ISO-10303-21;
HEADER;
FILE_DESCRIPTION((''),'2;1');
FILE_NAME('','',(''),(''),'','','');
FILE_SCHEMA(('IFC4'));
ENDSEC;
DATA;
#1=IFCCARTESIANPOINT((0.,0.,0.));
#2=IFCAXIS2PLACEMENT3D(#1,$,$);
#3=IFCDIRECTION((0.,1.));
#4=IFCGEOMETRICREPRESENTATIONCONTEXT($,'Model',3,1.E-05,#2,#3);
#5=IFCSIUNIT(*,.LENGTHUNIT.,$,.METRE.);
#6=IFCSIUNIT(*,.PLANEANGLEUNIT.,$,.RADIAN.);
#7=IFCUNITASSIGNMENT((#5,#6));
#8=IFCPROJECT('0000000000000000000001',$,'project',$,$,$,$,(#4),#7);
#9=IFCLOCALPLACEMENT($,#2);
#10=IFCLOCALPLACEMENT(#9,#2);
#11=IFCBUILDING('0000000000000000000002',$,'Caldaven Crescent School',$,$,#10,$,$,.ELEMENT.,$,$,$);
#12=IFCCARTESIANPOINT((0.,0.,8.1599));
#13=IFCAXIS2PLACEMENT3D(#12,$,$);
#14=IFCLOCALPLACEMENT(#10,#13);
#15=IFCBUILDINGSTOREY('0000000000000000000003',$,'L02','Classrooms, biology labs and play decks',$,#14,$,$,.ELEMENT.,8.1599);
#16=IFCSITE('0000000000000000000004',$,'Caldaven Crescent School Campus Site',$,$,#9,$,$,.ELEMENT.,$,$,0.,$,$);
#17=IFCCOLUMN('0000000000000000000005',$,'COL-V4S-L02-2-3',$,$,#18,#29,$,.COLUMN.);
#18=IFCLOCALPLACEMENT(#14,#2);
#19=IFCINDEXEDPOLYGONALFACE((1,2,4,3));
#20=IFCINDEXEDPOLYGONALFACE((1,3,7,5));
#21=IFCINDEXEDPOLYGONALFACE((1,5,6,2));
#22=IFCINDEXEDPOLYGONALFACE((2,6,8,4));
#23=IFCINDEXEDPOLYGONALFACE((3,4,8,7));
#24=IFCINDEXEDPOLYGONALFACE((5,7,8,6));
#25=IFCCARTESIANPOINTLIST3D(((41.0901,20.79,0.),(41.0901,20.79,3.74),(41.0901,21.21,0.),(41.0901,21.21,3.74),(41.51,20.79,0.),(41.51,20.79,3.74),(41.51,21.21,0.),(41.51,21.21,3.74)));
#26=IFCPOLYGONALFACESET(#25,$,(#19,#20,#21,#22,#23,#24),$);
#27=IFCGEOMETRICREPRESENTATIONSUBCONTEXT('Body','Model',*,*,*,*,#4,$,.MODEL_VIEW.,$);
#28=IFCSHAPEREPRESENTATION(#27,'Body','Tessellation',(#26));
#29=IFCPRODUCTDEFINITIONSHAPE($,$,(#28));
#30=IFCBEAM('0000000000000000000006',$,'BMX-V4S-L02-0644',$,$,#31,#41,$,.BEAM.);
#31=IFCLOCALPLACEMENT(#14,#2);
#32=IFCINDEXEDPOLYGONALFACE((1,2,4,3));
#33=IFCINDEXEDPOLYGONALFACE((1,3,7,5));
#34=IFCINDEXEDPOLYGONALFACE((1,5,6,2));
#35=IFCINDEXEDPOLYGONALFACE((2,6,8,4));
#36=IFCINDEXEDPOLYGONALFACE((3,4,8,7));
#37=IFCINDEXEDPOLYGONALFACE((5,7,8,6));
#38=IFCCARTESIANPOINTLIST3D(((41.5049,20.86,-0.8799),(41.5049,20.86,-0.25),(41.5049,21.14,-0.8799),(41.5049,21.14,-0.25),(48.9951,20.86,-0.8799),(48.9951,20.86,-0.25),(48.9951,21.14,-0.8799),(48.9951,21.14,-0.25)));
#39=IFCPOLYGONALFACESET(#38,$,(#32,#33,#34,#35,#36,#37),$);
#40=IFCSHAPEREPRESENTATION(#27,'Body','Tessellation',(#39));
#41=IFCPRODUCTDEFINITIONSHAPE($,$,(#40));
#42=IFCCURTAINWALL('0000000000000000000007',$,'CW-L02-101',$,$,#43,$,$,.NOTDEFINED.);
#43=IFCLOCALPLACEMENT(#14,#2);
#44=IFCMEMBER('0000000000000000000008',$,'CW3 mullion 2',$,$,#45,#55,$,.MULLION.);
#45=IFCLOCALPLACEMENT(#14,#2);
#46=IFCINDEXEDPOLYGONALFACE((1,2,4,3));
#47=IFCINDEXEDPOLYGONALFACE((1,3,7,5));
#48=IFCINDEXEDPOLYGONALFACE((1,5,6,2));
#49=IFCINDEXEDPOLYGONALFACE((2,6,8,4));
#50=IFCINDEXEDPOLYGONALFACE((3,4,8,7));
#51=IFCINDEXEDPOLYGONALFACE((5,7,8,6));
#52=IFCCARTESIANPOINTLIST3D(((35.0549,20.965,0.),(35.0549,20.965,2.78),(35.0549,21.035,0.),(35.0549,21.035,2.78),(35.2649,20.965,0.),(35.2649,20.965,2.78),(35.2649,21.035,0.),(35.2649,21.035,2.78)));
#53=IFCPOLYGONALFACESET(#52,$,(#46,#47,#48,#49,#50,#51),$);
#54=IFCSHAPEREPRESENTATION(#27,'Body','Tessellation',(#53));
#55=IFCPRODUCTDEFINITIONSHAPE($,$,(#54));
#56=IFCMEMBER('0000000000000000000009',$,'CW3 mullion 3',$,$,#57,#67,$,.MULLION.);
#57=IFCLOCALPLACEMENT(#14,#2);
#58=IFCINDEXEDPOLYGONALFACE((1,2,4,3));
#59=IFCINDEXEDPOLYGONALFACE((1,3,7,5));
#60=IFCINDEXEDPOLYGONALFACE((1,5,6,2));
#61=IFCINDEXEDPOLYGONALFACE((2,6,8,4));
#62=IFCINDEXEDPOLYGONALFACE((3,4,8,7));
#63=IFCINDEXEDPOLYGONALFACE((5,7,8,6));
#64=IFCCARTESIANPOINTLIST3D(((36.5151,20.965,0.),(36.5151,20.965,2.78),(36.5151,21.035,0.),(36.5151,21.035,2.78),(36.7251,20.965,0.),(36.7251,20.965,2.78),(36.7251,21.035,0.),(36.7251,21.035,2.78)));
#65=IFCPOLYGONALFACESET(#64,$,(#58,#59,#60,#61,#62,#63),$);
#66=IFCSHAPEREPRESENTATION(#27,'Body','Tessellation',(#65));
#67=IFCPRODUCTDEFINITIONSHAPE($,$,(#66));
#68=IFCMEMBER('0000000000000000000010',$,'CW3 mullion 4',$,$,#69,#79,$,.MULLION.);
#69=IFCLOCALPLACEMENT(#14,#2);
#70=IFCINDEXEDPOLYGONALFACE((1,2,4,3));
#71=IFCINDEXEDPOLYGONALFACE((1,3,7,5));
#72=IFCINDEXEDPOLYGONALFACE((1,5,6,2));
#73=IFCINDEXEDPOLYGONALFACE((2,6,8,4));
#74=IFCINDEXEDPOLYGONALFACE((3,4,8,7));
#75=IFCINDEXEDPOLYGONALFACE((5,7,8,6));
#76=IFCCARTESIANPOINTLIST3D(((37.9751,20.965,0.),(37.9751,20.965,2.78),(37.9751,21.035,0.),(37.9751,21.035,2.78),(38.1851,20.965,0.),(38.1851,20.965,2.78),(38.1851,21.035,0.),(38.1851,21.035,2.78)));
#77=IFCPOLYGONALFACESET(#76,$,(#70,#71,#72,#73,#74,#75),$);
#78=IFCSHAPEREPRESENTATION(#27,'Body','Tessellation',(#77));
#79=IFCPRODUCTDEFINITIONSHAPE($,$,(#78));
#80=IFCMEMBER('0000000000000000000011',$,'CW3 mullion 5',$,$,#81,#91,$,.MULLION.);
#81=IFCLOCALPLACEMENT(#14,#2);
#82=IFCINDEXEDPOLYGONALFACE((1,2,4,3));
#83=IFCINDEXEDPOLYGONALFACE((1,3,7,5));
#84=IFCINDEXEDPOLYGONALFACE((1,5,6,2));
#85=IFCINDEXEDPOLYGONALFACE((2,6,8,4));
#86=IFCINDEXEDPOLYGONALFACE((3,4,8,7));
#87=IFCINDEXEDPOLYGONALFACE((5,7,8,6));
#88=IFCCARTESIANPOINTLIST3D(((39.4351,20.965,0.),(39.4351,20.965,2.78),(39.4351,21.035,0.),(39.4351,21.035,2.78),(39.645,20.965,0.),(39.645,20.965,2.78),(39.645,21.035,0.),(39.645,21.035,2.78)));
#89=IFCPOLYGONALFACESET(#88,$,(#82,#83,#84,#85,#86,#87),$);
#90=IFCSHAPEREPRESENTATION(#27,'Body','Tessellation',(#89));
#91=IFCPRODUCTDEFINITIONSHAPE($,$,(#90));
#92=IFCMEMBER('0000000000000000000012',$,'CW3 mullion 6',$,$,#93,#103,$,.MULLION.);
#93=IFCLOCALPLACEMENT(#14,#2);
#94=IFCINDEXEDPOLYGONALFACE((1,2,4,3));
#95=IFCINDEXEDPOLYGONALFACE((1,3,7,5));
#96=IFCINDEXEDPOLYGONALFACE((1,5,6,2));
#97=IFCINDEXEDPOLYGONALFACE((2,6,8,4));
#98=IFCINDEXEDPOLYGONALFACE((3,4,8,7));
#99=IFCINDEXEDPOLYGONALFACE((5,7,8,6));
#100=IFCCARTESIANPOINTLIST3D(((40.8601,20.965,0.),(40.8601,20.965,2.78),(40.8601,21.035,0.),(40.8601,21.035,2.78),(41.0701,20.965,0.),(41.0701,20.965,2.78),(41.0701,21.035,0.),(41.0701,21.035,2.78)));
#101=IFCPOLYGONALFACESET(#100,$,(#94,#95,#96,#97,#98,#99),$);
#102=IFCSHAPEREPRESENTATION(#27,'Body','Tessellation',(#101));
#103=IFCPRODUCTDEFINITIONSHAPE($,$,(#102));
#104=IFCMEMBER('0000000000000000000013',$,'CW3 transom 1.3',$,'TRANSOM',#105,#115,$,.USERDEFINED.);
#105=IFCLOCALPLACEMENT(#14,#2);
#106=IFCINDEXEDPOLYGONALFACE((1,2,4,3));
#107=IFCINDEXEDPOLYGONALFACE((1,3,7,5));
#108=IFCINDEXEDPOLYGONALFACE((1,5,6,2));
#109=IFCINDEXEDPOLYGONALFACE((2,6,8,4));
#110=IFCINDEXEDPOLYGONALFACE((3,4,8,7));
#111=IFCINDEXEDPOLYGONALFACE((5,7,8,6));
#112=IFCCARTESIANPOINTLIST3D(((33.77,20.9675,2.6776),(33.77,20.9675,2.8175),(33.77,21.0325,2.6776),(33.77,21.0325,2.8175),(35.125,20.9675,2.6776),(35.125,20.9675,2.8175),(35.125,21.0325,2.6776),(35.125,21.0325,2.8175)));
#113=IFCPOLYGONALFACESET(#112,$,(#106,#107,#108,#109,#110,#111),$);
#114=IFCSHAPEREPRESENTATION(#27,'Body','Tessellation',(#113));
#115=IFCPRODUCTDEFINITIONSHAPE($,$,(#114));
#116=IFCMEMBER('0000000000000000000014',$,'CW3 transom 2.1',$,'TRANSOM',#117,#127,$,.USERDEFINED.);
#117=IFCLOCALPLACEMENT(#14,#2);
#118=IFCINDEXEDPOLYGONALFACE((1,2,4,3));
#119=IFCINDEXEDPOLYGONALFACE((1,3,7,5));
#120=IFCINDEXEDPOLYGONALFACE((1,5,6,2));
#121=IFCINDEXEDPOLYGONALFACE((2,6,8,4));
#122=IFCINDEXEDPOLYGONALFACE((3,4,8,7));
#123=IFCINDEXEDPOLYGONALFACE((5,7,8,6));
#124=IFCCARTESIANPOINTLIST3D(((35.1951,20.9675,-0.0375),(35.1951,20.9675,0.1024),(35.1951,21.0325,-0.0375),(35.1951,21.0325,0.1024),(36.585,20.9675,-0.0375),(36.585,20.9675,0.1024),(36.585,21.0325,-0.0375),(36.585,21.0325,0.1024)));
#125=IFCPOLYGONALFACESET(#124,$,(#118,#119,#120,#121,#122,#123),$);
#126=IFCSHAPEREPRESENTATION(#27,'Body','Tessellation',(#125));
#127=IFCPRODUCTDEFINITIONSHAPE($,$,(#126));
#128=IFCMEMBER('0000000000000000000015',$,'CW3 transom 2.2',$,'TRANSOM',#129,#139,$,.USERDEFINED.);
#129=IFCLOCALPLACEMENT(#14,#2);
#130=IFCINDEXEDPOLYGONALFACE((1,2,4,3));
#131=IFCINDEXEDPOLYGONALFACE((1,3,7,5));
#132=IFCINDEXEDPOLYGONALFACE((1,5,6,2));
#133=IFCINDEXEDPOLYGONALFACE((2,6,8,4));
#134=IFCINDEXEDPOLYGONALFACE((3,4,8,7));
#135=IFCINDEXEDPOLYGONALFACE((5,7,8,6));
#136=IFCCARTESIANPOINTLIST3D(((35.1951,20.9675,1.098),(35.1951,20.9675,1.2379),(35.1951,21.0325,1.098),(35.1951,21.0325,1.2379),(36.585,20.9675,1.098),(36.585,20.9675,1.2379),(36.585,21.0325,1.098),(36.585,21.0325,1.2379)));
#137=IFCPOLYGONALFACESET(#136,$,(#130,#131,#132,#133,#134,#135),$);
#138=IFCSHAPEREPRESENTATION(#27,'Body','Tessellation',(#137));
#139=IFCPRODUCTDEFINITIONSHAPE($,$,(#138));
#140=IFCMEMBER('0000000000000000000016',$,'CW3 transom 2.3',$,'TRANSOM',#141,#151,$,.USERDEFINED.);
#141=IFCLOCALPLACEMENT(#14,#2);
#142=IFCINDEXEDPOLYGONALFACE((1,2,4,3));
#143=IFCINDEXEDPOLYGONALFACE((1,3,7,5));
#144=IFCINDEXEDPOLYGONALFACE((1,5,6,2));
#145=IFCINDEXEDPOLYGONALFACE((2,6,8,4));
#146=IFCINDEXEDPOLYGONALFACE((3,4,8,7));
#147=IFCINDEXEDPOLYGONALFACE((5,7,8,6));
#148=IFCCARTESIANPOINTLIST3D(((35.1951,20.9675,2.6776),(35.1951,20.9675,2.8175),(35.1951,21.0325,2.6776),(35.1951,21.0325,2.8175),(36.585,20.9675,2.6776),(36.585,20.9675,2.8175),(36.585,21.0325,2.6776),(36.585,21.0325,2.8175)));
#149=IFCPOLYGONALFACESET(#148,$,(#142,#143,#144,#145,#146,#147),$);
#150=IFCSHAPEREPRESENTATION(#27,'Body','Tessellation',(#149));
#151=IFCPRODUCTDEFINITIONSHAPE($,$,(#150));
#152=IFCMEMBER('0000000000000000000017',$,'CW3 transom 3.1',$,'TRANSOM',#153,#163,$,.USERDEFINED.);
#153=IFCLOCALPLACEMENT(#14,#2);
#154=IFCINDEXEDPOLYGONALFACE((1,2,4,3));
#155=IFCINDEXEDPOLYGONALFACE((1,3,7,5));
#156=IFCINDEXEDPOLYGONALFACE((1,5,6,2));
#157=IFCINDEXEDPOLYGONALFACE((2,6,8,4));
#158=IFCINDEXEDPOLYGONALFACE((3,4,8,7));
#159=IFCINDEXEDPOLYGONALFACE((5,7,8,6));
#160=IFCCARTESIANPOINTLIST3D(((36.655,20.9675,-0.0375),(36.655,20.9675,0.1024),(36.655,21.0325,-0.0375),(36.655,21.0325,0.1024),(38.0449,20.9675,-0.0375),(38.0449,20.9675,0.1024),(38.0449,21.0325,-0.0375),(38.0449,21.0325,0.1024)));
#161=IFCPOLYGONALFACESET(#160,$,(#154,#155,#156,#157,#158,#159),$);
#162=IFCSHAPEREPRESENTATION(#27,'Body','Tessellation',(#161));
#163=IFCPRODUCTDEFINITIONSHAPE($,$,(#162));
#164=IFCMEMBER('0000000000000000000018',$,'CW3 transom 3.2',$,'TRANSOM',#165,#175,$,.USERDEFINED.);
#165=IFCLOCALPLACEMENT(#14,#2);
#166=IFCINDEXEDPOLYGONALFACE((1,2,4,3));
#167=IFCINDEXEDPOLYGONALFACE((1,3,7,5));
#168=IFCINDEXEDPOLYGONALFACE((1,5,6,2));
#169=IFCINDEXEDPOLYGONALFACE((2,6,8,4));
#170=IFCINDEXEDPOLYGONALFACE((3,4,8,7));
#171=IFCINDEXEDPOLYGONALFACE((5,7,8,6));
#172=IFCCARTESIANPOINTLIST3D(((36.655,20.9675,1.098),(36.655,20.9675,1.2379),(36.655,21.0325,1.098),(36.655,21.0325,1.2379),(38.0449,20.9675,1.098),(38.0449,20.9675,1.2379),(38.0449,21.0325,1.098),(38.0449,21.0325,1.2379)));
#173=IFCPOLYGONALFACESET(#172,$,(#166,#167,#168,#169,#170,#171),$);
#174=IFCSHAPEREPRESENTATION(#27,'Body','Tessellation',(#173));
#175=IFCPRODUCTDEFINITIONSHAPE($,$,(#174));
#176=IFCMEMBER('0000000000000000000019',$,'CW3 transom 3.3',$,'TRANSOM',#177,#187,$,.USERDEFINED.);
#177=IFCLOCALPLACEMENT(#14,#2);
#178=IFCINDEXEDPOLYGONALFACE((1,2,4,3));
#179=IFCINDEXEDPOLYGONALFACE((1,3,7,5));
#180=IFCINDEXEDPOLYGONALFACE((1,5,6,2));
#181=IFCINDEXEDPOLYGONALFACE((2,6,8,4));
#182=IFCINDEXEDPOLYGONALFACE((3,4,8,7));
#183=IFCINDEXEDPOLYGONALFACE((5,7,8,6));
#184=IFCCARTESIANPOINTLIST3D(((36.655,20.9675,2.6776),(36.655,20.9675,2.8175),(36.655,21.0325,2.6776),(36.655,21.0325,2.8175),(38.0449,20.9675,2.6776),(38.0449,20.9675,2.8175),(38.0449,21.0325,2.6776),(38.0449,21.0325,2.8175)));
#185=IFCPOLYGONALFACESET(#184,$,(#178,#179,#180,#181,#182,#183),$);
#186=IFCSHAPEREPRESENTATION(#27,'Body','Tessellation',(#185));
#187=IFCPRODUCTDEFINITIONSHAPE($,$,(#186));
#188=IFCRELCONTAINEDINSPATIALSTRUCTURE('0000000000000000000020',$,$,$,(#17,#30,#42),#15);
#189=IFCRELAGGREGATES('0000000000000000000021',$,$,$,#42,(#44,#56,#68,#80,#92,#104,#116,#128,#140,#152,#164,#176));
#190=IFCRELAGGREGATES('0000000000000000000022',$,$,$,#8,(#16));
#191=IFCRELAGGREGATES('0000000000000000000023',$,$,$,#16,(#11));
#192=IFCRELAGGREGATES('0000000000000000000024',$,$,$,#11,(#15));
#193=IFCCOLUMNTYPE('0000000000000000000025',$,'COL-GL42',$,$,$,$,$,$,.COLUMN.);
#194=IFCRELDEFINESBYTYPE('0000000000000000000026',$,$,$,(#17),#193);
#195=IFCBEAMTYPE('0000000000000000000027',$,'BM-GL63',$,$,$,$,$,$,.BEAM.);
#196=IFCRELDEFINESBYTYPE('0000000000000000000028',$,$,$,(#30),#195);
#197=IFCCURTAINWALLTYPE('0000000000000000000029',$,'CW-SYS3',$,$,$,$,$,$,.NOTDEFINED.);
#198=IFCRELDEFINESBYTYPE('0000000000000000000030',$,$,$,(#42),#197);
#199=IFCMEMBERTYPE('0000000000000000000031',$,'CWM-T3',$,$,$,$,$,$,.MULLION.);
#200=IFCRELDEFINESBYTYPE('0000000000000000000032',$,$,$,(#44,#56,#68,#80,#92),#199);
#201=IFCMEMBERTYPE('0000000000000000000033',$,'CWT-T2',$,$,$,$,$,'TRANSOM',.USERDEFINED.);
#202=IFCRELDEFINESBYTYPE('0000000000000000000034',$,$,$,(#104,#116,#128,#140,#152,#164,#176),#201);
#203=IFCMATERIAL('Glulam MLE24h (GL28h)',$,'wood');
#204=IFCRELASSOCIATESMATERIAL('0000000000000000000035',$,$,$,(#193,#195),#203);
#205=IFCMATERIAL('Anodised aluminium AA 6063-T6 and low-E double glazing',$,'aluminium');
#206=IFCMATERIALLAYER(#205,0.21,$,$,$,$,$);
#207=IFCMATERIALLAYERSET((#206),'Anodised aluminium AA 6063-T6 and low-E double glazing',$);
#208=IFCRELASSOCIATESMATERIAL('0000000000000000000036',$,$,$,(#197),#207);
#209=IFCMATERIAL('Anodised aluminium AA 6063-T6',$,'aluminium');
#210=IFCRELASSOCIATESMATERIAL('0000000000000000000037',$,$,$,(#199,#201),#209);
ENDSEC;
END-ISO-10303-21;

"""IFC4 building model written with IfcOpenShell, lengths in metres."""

from ifc_helpers import new_model, si_unit, direction, frame, origin, origin_2d, place, context, subcontext, project, spatial, rectangle, extrude, material, layer, layer_set, material_profile, profile_set, type_object, element, aggregate, save


model = new_model("IFC4")

# Units and contexts
model_context = context("Model", 3, precision=1e-05, world=origin(), true_north=direction((0.0, 1.0)))
body_context = subcontext(model_context, "Body", "Model", "MODEL_VIEW")
ifc_project = project(units=[si_unit("LENGTHUNIT", "METRE"), si_unit("PLANEANGLEUNIT", "RADIAN")], contexts=[model_context])

# Site, building, storey
site_placement = place(None, origin())
site = spatial("IfcSite", under=ifc_project, at=site_placement, Name="Caldaven Crescent School Campus Site", CompositionType="ELEMENT", RefElevation=0.0)
building_placement = place(site_placement, origin())
building = spatial("IfcBuilding", under=site, at=building_placement, Name="Caldaven Crescent School", CompositionType="ELEMENT")
storey_placement = place(building_placement, frame((0.0, 0.0, 8.1599)))
storey = spatial("IfcBuildingStorey", under=building, at=storey_placement, Name="L02", Description="Classrooms, biology labs and play decks", CompositionType="ELEMENT", Elevation=8.1599)

# Column
ifc_material_1 = material(Name="Glulam MLE24h (GL28h)", Category="wood")
ifc_material_profile_1 = material_profile(ifc_material_1, rectangle(XDim=0.4199, YDim=0.4199, at=origin_2d()), Name="MLE 420x420")
ifc_profile_set_1 = profile_set([ifc_material_profile_1], Name="Glulam MLE24h (GL28h)")
column_type = type_object("IfcColumnType", Name="COL-GL42", PredefinedType="COLUMN", material=ifc_profile_set_1)
column_placement = place(storey_placement, frame((41.3, 21.0, 0.0), z_axis=(0.0, 0.0, 1.0), x_axis=(1.0, 0.0, 0.0)))
element("IfcColumn", 1, at=column_placement, inside=storey, type_object=column_type, Name="COL-V4S-L02-2-3", PredefinedType="COLUMN", context=body_context, shape_type="SweptSolid", body=[
    extrude(rectangle(XDim=0.4199, YDim=0.4199, at=origin_2d()), origin(), (0.0, 0.0, 1.0), 3.74),
])

# Beam
ifc_material_profile_2 = material_profile(ifc_material_1, rectangle(XDim=0.28, YDim=0.6299, at=origin_2d()), Name="MLE 280x630")
ifc_profile_set_2 = profile_set([ifc_material_profile_2], Name="Glulam MLE24h (GL28h)")
beam_type = type_object("IfcBeamType", Name="BM-GL63", PredefinedType="BEAM", material=ifc_profile_set_2)
beam_placement = place(storey_placement, frame((41.5049, 21.0, -0.5649), z_axis=(1.0, 0.0, 0.0), x_axis=(0.0, 1.0, 0.0)))
element("IfcBeam", 2, at=beam_placement, inside=storey, type_object=beam_type, Name="BMX-V4S-L02-0644", PredefinedType="BEAM", context=body_context, shape_type="SweptSolid", body=[
    extrude(rectangle(XDim=0.28, YDim=0.6299, at=origin_2d()), origin(), (0.0, 0.0, 1.0), 7.4902),
])

# Curtain wall, members
ifc_material_2 = material(Name="Anodised aluminium AA 6063-T6 and low-E double glazing", Category="aluminium")
ifc_layer_1 = layer(ifc_material_2, 0.21)
ifc_layer_set_1 = layer_set([ifc_layer_1], Name="Anodised aluminium AA 6063-T6 and low-E double glazing")
curtain_wall_type = type_object("IfcCurtainWallType", Name="CW-SYS3", PredefinedType="NOTDEFINED", material=ifc_layer_set_1)
curtain_wall_placement = place(storey_placement, origin())
curtain_wall = element("IfcCurtainWall", 3, at=curtain_wall_placement, inside=storey, type_object=curtain_wall_type, Name="CW-L02-101", PredefinedType="NOTDEFINED")
ifc_material_3 = material(Name="Anodised aluminium AA 6063-T6", Category="aluminium")
ifc_material_profile_3 = material_profile(ifc_material_3, rectangle(XDim=0.0701, YDim=0.21, at=origin_2d()), Name="CWM 70x210")
ifc_profile_set_3 = profile_set([ifc_material_profile_3], Name="Anodised aluminium AA 6063-T6")
member_type_1 = type_object("IfcMemberType", Name="CWM-T3", PredefinedType="MULLION", material=ifc_profile_set_3)
member_1_placement = place(storey_placement, frame((35.1599, 21.0, 0.0), z_axis=(0.0, 0.0, 1.0), x_axis=(0.0, 1.0, 0.0)))
member_1 = element("IfcMember", 4, at=member_1_placement, type_object=member_type_1, Name="CW3 mullion 2", PredefinedType="MULLION", context=body_context, shape_type="SweptSolid", body=[
    extrude(rectangle(XDim=0.0701, YDim=0.21, at=origin_2d()), origin(), (0.0, 0.0, 1.0), 2.78),
])
member_2_placement = place(storey_placement, frame((36.6201, 21.0, 0.0), z_axis=(0.0, 0.0, 1.0), x_axis=(0.0, 1.0, 0.0)))
member_2 = element("IfcMember", 5, at=member_2_placement, type_object=member_type_1, Name="CW3 mullion 3", PredefinedType="MULLION", context=body_context, shape_type="SweptSolid", body=[
    extrude(rectangle(XDim=0.0701, YDim=0.21, at=origin_2d()), origin(), (0.0, 0.0, 1.0), 2.78),
])
member_3_placement = place(storey_placement, frame((38.0801, 21.0, 0.0), z_axis=(0.0, 0.0, 1.0), x_axis=(0.0, 1.0, 0.0)))
member_3 = element("IfcMember", 6, at=member_3_placement, type_object=member_type_1, Name="CW3 mullion 4", PredefinedType="MULLION", context=body_context, shape_type="SweptSolid", body=[
    extrude(rectangle(XDim=0.0701, YDim=0.21, at=origin_2d()), origin(), (0.0, 0.0, 1.0), 2.78),
])
member_4_placement = place(storey_placement, frame((39.54, 21.0, 0.0), z_axis=(0.0, 0.0, 1.0), x_axis=(0.0, 1.0, 0.0)))
member_4 = element("IfcMember", 7, at=member_4_placement, type_object=member_type_1, Name="CW3 mullion 5", PredefinedType="MULLION", context=body_context, shape_type="SweptSolid", body=[
    extrude(rectangle(XDim=0.0701, YDim=0.21, at=origin_2d()), origin(), (0.0, 0.0, 1.0), 2.78),
])
member_5_placement = place(storey_placement, frame((40.9651, 21.0, 0.0), z_axis=(0.0, 0.0, 1.0), x_axis=(0.0, 1.0, 0.0)))
member_5 = element("IfcMember", 8, at=member_5_placement, type_object=member_type_1, Name="CW3 mullion 6", PredefinedType="MULLION", context=body_context, shape_type="SweptSolid", body=[
    extrude(rectangle(XDim=0.0701, YDim=0.21, at=origin_2d()), origin(), (0.0, 0.0, 1.0), 2.78),
])
ifc_material_profile_4 = material_profile(ifc_material_3, rectangle(XDim=0.0649, YDim=0.1399, at=origin_2d()), Name="CWT 65x140")
ifc_profile_set_4 = profile_set([ifc_material_profile_4], Name="Anodised aluminium AA 6063-T6")
member_type_2 = type_object("IfcMemberType", Name="CWT-T2", ElementType="TRANSOM", PredefinedType="USERDEFINED", material=ifc_profile_set_4)
member_6_placement = place(storey_placement, frame((33.77, 21.0, 2.7476), z_axis=(1.0, 0.0, 0.0), x_axis=(0.0, 1.0, 0.0)))
member_6 = element("IfcMember", 9, at=member_6_placement, type_object=member_type_2, Name="CW3 transom 1.3", ObjectType="TRANSOM", PredefinedType="USERDEFINED", context=body_context, shape_type="SweptSolid", body=[
    extrude(rectangle(XDim=0.0649, YDim=0.1399, at=origin_2d()), origin(), (0.0, 0.0, 1.0), 1.355),
])
member_7_placement = place(storey_placement, frame((35.1951, 21.0, 0.0325), z_axis=(1.0, 0.0, 0.0), x_axis=(0.0, 1.0, 0.0)))
member_7 = element("IfcMember", 10, at=member_7_placement, type_object=member_type_2, Name="CW3 transom 2.1", ObjectType="TRANSOM", PredefinedType="USERDEFINED", context=body_context, shape_type="SweptSolid", body=[
    extrude(rectangle(XDim=0.0649, YDim=0.1399, at=origin_2d()), origin(), (0.0, 0.0, 1.0), 1.3899),
])
member_8_placement = place(storey_placement, frame((35.1951, 21.0, 1.168), z_axis=(1.0, 0.0, 0.0), x_axis=(0.0, 1.0, 0.0)))
member_8 = element("IfcMember", 11, at=member_8_placement, type_object=member_type_2, Name="CW3 transom 2.2", ObjectType="TRANSOM", PredefinedType="USERDEFINED", context=body_context, shape_type="SweptSolid", body=[
    extrude(rectangle(XDim=0.0649, YDim=0.1399, at=origin_2d()), origin(), (0.0, 0.0, 1.0), 1.3899),
])
member_9_placement = place(storey_placement, frame((35.1951, 21.0, 2.7476), z_axis=(1.0, 0.0, 0.0), x_axis=(0.0, 1.0, 0.0)))
member_9 = element("IfcMember", 12, at=member_9_placement, type_object=member_type_2, Name="CW3 transom 2.3", ObjectType="TRANSOM", PredefinedType="USERDEFINED", context=body_context, shape_type="SweptSolid", body=[
    extrude(rectangle(XDim=0.0649, YDim=0.1399, at=origin_2d()), origin(), (0.0, 0.0, 1.0), 1.3899),
])
member_10_placement = place(storey_placement, frame((36.655, 21.0, 0.0325), z_axis=(1.0, 0.0, 0.0), x_axis=(0.0, 1.0, 0.0)))
member_10 = element("IfcMember", 13, at=member_10_placement, type_object=member_type_2, Name="CW3 transom 3.1", ObjectType="TRANSOM", PredefinedType="USERDEFINED", context=body_context, shape_type="SweptSolid", body=[
    extrude(rectangle(XDim=0.0649, YDim=0.1399, at=origin_2d()), origin(), (0.0, 0.0, 1.0), 1.3899),
])
member_11_placement = place(storey_placement, frame((36.655, 21.0, 1.168), z_axis=(1.0, 0.0, 0.0), x_axis=(0.0, 1.0, 0.0)))
member_11 = element("IfcMember", 14, at=member_11_placement, type_object=member_type_2, Name="CW3 transom 3.2", ObjectType="TRANSOM", PredefinedType="USERDEFINED", context=body_context, shape_type="SweptSolid", body=[
    extrude(rectangle(XDim=0.0649, YDim=0.1399, at=origin_2d()), origin(), (0.0, 0.0, 1.0), 1.3899),
])
member_12_placement = place(storey_placement, frame((36.655, 21.0, 2.7476), z_axis=(1.0, 0.0, 0.0), x_axis=(0.0, 1.0, 0.0)))
member_12 = element("IfcMember", 15, at=member_12_placement, type_object=member_type_2, Name="CW3 transom 3.3", ObjectType="TRANSOM", PredefinedType="USERDEFINED", context=body_context, shape_type="SweptSolid", body=[
    extrude(rectangle(XDim=0.0649, YDim=0.1399, at=origin_2d()), origin(), (0.0, 0.0, 1.0), 1.3899),
])
aggregate(curtain_wall, [member_1, member_2, member_3, member_4, member_5, member_6, member_7, member_8, member_9, member_10, member_11, member_12])

save(model, "model.ifc")
